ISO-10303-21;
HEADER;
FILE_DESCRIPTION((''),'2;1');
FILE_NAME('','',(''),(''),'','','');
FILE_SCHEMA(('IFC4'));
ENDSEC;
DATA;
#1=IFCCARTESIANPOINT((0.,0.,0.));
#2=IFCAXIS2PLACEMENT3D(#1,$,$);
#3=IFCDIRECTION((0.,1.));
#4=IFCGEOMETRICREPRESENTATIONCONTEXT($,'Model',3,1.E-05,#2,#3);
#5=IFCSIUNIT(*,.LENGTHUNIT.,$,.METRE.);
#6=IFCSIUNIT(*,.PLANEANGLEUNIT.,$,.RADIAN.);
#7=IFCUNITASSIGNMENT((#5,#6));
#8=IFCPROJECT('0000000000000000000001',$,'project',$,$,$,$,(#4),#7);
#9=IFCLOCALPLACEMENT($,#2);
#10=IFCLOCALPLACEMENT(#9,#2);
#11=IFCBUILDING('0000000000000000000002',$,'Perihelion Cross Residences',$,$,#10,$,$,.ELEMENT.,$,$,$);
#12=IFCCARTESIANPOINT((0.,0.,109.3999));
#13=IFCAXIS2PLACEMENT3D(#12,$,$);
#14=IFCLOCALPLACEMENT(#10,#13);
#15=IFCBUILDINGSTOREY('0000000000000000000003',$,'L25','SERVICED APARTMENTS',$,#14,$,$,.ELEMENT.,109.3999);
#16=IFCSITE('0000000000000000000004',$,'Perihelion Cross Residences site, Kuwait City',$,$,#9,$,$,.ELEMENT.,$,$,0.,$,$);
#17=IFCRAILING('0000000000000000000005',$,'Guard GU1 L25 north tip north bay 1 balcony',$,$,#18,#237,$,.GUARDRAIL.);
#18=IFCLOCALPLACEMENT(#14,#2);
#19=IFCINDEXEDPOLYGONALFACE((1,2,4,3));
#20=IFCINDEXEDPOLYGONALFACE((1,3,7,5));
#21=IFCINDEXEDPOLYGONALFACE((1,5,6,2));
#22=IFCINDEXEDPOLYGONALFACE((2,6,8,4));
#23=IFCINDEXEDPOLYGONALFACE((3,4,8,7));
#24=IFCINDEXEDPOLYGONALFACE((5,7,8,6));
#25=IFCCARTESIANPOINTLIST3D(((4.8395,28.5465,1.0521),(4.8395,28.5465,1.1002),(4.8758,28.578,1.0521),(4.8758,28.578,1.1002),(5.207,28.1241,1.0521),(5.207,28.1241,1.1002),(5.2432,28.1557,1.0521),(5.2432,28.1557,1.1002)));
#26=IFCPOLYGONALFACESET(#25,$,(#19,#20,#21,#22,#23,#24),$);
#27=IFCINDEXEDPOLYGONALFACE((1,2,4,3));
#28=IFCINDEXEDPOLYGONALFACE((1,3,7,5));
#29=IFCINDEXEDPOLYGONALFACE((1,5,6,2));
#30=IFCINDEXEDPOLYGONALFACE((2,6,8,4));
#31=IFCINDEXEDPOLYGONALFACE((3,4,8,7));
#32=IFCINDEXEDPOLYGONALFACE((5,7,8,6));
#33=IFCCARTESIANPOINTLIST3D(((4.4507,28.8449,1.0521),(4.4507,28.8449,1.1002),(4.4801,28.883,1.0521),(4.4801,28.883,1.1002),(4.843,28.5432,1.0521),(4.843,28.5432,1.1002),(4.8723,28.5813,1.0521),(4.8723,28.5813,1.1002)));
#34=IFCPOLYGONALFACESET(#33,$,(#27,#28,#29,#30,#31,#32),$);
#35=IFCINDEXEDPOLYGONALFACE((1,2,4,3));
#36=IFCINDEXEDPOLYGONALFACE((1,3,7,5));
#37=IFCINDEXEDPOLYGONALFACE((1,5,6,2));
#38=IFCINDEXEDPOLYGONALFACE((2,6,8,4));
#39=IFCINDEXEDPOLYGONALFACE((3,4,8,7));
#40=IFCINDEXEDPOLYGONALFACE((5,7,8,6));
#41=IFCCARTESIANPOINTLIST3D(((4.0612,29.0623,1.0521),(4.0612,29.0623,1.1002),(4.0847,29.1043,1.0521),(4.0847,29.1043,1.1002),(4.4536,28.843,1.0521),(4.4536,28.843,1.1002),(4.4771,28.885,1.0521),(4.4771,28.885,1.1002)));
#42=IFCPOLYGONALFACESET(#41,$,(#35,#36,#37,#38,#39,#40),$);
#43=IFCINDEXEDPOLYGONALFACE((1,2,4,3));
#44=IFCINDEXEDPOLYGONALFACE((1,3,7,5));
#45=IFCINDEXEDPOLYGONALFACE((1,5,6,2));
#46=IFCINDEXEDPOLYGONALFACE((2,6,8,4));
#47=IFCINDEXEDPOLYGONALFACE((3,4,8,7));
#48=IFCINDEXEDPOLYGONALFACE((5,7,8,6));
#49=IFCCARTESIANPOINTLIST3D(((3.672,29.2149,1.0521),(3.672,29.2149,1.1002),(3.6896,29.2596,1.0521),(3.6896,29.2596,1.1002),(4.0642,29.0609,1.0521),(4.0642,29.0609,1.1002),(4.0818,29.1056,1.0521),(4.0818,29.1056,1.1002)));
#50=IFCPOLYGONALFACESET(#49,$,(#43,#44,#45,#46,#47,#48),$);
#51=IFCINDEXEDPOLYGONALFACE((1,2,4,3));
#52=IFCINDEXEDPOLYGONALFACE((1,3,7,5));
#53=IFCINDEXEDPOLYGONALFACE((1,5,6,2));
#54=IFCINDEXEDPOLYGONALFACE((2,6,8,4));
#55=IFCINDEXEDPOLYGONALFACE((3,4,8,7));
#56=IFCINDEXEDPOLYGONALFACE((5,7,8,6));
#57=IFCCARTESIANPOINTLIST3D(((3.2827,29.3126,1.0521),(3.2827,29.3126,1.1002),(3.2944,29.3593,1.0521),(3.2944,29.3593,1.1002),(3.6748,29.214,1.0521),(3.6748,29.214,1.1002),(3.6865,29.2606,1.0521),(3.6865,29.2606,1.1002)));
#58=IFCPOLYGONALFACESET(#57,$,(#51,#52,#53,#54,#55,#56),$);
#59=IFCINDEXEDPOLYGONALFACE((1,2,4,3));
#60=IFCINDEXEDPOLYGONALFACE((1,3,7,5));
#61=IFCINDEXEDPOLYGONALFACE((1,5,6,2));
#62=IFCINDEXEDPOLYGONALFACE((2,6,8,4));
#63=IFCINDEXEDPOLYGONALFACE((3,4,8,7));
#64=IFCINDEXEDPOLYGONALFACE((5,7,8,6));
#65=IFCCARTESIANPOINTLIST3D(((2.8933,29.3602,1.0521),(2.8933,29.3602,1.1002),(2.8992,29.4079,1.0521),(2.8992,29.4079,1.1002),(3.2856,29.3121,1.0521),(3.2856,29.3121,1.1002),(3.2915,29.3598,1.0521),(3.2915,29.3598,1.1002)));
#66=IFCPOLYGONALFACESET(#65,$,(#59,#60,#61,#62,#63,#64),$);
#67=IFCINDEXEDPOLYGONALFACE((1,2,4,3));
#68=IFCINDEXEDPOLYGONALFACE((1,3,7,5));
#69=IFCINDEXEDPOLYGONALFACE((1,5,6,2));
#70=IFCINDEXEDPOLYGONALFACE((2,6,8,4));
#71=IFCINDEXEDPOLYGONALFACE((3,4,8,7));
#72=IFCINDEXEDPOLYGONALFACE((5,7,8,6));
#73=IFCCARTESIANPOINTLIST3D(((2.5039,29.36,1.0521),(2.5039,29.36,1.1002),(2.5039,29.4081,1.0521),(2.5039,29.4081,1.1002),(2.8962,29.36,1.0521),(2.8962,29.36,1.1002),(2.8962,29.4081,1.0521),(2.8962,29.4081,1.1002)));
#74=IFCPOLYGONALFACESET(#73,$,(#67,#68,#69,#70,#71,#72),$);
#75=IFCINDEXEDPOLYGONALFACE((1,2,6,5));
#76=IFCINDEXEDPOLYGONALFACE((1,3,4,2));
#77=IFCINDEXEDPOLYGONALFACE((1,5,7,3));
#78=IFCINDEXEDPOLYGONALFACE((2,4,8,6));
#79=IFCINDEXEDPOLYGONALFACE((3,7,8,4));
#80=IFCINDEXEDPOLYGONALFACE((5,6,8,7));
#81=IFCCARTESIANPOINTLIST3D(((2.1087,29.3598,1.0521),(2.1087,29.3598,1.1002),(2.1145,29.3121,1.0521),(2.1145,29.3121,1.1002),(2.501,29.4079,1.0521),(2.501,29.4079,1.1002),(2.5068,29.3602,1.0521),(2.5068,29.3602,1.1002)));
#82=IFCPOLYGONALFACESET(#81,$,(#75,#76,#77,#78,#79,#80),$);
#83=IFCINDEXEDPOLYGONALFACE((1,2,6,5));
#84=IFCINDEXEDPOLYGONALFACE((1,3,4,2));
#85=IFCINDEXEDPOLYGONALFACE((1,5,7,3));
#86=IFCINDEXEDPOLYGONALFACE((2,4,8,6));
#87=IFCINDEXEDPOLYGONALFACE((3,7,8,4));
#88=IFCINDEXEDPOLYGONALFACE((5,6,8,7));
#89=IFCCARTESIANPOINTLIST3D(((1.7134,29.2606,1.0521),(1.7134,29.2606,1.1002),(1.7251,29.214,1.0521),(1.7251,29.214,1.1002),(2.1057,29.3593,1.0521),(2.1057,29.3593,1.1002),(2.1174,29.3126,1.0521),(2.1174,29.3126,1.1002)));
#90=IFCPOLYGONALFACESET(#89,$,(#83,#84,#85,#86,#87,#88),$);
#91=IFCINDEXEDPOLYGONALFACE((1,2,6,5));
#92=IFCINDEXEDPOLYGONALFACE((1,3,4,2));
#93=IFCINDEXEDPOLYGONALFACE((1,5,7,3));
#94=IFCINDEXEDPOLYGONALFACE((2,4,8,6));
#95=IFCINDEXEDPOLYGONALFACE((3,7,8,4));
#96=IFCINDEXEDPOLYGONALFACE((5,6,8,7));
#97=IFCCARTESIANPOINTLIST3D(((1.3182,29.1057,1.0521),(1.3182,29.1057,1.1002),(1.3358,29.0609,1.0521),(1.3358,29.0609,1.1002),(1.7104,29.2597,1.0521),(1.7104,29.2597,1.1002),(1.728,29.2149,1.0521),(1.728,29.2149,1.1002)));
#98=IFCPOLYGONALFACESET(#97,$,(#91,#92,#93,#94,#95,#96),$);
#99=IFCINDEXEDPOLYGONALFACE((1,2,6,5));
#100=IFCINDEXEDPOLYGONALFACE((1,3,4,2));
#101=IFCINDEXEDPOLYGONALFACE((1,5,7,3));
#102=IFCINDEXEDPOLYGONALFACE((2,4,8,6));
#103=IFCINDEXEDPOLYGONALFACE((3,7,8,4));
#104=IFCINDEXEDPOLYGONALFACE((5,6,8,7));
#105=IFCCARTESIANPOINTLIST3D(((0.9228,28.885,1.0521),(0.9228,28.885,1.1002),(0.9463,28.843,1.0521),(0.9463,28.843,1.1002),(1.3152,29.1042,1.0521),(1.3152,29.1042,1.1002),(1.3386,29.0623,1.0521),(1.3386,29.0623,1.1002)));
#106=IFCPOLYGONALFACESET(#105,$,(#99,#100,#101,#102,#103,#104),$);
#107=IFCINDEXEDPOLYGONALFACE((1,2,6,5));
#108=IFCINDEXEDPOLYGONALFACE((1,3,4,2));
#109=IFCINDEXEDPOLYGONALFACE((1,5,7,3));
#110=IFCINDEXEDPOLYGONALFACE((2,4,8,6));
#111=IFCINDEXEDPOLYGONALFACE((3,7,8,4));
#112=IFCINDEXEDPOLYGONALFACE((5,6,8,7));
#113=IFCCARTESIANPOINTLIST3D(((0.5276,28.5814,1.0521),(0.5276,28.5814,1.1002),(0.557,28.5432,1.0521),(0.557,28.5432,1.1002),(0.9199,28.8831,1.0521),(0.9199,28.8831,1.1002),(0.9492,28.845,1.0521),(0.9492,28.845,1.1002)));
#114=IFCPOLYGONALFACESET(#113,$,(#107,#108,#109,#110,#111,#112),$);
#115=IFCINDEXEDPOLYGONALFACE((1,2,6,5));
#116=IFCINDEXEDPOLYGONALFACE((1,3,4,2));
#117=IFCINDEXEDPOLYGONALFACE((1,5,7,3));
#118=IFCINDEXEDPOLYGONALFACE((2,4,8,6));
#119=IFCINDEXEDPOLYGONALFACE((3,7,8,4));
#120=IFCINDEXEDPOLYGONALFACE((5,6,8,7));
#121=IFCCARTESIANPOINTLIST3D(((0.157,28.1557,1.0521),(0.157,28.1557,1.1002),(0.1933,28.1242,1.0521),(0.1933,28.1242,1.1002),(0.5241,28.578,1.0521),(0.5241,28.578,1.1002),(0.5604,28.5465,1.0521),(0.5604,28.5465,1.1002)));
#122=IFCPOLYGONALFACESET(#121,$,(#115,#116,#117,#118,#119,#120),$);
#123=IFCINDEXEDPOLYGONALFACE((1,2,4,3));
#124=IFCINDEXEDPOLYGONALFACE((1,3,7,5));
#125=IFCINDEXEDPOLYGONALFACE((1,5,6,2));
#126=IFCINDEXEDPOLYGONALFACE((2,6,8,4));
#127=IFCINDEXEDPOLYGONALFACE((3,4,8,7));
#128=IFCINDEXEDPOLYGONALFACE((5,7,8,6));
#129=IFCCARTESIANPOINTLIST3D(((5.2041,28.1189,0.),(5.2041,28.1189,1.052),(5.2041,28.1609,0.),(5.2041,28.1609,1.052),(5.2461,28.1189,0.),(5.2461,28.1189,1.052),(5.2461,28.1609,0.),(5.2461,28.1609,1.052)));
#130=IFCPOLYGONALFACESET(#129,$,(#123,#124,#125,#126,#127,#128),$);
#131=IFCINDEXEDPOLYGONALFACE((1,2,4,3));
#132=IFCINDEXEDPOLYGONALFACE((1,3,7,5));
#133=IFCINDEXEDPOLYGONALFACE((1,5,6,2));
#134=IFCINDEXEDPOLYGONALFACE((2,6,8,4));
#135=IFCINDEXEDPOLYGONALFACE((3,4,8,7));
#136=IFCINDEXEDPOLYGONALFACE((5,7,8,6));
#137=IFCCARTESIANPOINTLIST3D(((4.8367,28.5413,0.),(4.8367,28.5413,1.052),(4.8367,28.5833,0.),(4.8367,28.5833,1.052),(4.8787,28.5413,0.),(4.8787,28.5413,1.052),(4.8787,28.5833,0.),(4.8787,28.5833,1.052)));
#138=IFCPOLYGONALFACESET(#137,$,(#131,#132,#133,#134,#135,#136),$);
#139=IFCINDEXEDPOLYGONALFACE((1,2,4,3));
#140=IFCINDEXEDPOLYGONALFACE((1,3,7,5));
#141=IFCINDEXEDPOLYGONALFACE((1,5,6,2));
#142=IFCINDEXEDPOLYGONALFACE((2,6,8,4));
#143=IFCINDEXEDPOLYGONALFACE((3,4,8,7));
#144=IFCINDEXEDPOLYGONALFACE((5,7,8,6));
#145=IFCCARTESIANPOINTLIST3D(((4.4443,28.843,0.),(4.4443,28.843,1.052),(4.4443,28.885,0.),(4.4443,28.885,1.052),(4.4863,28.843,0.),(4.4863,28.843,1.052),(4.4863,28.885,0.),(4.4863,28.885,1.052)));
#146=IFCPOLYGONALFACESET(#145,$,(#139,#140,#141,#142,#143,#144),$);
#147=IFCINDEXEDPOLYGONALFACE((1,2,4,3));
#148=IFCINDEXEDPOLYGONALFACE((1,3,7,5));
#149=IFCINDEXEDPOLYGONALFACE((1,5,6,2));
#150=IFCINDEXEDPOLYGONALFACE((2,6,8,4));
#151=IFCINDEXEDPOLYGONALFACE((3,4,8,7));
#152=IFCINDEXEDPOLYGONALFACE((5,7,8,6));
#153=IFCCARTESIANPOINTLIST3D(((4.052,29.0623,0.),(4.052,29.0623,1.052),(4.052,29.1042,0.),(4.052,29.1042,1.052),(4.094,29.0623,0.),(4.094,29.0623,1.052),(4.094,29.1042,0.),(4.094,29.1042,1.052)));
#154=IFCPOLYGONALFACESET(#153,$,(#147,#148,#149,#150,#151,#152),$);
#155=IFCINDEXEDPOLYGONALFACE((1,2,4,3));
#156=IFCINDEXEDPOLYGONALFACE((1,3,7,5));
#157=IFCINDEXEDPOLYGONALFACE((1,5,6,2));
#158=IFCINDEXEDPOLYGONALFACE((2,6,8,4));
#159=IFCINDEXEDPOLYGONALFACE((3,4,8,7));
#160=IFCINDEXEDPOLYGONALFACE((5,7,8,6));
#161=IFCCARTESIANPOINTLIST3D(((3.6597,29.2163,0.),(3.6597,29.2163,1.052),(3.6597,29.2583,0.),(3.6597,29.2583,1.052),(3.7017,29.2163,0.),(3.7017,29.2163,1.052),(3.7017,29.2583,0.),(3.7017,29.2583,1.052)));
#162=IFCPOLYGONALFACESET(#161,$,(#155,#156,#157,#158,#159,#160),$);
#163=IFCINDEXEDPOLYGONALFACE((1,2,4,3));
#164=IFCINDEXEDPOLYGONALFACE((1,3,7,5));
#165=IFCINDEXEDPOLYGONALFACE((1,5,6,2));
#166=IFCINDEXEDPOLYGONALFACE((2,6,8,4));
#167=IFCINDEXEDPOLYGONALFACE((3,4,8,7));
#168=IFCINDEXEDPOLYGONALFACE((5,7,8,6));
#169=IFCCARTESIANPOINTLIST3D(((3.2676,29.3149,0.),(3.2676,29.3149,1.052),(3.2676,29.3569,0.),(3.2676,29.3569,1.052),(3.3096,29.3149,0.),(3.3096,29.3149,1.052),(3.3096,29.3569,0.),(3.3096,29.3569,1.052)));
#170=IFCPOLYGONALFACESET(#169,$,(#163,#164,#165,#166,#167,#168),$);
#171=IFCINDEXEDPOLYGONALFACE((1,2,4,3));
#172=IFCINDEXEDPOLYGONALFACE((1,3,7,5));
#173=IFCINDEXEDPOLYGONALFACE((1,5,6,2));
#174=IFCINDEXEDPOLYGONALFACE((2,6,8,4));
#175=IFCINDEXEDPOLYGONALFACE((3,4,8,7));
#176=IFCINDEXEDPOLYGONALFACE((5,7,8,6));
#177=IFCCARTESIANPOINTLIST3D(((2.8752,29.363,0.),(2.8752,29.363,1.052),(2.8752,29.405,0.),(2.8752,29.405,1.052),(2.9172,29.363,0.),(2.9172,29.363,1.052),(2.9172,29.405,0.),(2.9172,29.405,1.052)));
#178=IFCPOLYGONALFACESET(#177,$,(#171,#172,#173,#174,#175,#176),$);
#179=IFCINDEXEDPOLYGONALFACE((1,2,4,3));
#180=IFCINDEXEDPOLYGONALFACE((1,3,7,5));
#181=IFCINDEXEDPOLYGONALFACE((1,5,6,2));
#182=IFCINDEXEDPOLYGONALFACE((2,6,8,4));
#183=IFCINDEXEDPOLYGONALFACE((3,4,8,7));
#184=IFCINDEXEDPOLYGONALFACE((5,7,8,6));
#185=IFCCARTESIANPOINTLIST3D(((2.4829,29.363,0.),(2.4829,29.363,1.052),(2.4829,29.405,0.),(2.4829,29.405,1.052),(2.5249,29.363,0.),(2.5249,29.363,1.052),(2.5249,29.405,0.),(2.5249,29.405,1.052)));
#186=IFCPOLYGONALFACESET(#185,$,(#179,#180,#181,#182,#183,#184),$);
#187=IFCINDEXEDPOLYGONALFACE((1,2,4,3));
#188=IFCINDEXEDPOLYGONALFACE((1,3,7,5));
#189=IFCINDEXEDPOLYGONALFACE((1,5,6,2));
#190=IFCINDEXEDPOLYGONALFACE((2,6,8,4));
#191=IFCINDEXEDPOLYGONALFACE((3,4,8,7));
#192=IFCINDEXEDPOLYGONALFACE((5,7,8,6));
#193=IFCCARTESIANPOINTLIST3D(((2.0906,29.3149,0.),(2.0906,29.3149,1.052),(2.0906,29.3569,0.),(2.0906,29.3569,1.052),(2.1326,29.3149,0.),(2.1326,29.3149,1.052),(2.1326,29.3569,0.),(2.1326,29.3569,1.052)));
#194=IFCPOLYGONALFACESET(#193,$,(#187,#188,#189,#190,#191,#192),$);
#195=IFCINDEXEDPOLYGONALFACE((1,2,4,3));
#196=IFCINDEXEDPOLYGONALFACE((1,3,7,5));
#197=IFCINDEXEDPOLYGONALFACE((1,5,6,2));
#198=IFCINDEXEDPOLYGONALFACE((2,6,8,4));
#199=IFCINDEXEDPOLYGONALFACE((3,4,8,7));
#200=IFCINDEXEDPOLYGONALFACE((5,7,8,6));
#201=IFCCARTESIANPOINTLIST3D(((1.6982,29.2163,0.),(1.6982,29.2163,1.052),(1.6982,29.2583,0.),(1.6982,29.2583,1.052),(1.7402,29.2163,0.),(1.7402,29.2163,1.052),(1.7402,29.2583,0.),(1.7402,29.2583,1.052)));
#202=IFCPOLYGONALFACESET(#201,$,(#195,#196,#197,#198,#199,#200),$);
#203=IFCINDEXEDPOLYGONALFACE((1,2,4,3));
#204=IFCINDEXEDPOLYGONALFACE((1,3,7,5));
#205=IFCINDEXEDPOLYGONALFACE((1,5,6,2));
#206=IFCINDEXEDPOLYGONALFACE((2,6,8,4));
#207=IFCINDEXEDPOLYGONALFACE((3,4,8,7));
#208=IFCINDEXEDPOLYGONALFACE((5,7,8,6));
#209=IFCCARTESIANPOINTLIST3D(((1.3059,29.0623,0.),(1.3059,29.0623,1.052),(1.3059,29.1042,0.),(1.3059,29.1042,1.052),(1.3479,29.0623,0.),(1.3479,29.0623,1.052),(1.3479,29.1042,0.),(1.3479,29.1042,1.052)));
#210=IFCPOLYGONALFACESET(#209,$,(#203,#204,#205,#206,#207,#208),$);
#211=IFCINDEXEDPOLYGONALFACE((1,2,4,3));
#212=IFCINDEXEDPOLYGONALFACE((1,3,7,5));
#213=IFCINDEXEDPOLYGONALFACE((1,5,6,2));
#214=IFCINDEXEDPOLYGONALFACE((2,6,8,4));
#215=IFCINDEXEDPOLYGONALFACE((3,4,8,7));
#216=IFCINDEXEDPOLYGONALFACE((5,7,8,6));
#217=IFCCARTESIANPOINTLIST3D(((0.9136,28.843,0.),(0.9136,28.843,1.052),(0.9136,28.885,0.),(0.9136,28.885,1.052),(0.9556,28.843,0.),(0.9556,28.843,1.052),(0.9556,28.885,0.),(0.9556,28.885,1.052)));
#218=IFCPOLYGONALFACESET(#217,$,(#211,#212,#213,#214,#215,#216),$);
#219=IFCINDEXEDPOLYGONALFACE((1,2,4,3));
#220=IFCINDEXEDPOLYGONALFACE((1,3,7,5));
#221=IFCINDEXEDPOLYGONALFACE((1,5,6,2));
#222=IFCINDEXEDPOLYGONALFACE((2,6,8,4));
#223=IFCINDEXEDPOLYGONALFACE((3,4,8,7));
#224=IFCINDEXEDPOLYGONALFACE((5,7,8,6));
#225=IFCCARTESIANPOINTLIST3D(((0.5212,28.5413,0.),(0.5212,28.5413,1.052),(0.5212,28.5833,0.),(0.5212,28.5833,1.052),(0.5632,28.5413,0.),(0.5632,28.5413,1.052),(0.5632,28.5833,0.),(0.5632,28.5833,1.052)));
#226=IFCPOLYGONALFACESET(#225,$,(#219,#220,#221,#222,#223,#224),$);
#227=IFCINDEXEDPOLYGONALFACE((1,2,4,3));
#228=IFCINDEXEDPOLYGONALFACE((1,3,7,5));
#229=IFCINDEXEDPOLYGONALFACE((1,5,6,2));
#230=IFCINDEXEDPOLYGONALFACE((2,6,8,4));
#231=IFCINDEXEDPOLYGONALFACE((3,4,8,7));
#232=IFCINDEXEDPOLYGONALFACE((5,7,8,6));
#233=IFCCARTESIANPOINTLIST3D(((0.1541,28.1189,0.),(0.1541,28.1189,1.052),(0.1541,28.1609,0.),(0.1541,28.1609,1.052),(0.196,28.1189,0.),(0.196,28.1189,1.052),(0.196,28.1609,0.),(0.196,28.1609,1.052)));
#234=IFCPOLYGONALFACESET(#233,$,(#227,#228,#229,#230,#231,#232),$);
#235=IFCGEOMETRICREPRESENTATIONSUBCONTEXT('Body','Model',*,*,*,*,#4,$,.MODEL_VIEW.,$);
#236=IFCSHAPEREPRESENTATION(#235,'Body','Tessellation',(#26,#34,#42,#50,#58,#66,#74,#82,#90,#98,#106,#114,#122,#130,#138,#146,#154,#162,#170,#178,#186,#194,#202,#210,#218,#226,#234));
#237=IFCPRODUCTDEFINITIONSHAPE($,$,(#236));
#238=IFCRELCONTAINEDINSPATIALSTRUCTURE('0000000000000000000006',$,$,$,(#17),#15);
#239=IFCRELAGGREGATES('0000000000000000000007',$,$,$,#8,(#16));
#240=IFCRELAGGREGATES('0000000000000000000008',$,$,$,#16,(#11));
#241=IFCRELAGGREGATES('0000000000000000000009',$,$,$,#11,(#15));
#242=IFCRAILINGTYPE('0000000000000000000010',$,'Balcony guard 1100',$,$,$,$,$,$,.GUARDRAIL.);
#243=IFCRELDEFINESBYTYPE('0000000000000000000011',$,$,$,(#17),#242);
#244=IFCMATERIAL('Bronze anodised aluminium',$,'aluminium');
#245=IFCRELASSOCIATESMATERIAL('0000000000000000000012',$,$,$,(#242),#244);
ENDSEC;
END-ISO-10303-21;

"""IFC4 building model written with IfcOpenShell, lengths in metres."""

from ifc_helpers import new_model, si_unit, direction, frame, origin, origin_2d, place, context, subcontext, project, spatial, rectangle, extrude, material, type_object, element, save


model = new_model("IFC4")

# Units and contexts
model_context = context("Model", 3, precision=1e-05, world=origin(), true_north=direction((0.0, 1.0)))
body_context = subcontext(model_context, "Body", "Model", "MODEL_VIEW")
ifc_project = project(units=[si_unit("LENGTHUNIT", "METRE"), si_unit("PLANEANGLEUNIT", "RADIAN")], contexts=[model_context])

# Site, building, storey
site_placement = place(None, origin())
site = spatial("IfcSite", under=ifc_project, at=site_placement, Name="Perihelion Cross Residences site, Kuwait City", CompositionType="ELEMENT", RefElevation=0.0)
building_placement = place(site_placement, origin())
building = spatial("IfcBuilding", under=site, at=building_placement, Name="Perihelion Cross Residences", CompositionType="ELEMENT")
storey_placement = place(building_placement, frame((0.0, 0.0, 109.3999)))
storey = spatial("IfcBuildingStorey", under=building, at=storey_placement, Name="L25", Description="SERVICED APARTMENTS", CompositionType="ELEMENT", Elevation=109.3999)

# Railing
ifc_material_1 = material(Name="Bronze anodised aluminium", Category="aluminium")
railing_type = type_object("IfcRailingType", Name="Balcony guard 1100", PredefinedType="GUARDRAIL", material=ifc_material_1)
railing_placement = place(storey_placement, frame((5.2251, 28.1399, 0.0)))
element("IfcRailing", 1, at=railing_placement, inside=storey, type_object=railing_type, Name="Guard GU1 L25 north tip north bay 1 balcony", PredefinedType="GUARDRAIL", context=body_context, shape_type="SweptSolid", body=[
    extrude(rectangle(XDim=0.0481, YDim=0.0481, at=origin_2d()), frame((0.0, 0.0, 1.0762), z_axis=(-0.656341, 0.754465, 0.0), x_axis=(-0.754465, -0.656341, 0.0)), (0.0, 0.0, 1.0), 0.5598),
    extrude(rectangle(XDim=0.0481, YDim=0.0481, at=origin_2d()), frame((-0.3674, 0.4224, 1.0762), z_axis=(-0.792661, 0.609663, 0.0), x_axis=(-0.609663, -0.792661, 0.0)), (0.0, 0.0, 1.0), 0.4949),
    extrude(rectangle(XDim=0.0481, YDim=0.0481, at=origin_2d()), frame((-0.7598, 0.7241, 1.0762), z_axis=(-0.87295, 0.487809, 0.0), x_axis=(-0.487809, -0.87295, 0.0)), (0.0, 0.0, 1.0), 0.4495),
    extrude(rectangle(XDim=0.0481, YDim=0.0481, at=origin_2d()), frame((-1.1521, 0.9434, 1.0762), z_axis=(-0.930815, 0.365491, 0.0), x_axis=(-0.365491, -0.930815, 0.0)), (0.0, 0.0, 1.0), 0.4214),
    extrude(rectangle(XDim=0.0481, YDim=0.0481, at=origin_2d()), frame((-1.5444, 1.0974, 1.0762), z_axis=(-0.969786, 0.243956, 0.0), x_axis=(-0.243956, -0.969786, 0.0)), (0.0, 0.0, 1.0), 0.4043),
    extrude(rectangle(XDim=0.0481, YDim=0.0481, at=origin_2d()), frame((-1.9365, 1.196, 1.0762), z_axis=(-0.99257, 0.121678, 0.0), x_axis=(-0.121678, -0.99257, 0.0)), (0.0, 0.0, 1.0), 0.3953),
    extrude(rectangle(XDim=0.0481, YDim=0.0481, at=origin_2d()), frame((-2.3289, 1.2441, 1.0762), z_axis=(-1.0, 0.0, 0.0), x_axis=(0.0, -1.0, 0.0)), (0.0, 0.0, 1.0), 0.3923),
    extrude(rectangle(XDim=0.0481, YDim=0.0481, at=origin_2d()), frame((-2.7212, 1.2441, 1.0762), z_axis=(-0.99257, -0.121678, 0.0), x_axis=(0.121678, -0.99257, 0.0)), (0.0, 0.0, 1.0), 0.3953),
    extrude(rectangle(XDim=0.0481, YDim=0.0481, at=origin_2d()), frame((-3.1135, 1.196, 1.0762), z_axis=(-0.969822, -0.243813, 0.0), x_axis=(0.243813, -0.969822, 0.0)), (0.0, 0.0, 1.0), 0.4045),
    extrude(rectangle(XDim=0.0481, YDim=0.0481, at=origin_2d()), frame((-3.5059, 1.0974, 1.0762), z_axis=(-0.930815, -0.365491, 0.0), x_axis=(0.365491, -0.930815, 0.0)), (0.0, 0.0, 1.0), 0.4214),
    extrude(rectangle(XDim=0.0481, YDim=0.0481, at=origin_2d()), frame((-3.8982, 0.9434, 1.0762), z_axis=(-0.87295, -0.487809, 0.0), x_axis=(0.487809, -0.87295, 0.0)), (0.0, 0.0, 1.0), 0.4495),
    extrude(rectangle(XDim=0.0481, YDim=0.0481, at=origin_2d()), frame((-4.2905, 0.7241, 1.0762), z_axis=(-0.792661, -0.609663, 0.0), x_axis=(0.609663, -0.792661, 0.0)), (0.0, 0.0, 1.0), 0.4949),
    extrude(rectangle(XDim=0.0481, YDim=0.0481, at=origin_2d()), frame((-4.6829, 0.4224, 1.0762), z_axis=(-0.656092, -0.754681, 0.0), x_axis=(0.754681, -0.656092, 0.0)), (0.0, 0.0, 1.0), 0.5596),
    extrude(rectangle(XDim=0.042, YDim=0.042, at=origin_2d()), origin(), (0.0, 0.0, 1.0), 1.052),
    extrude(rectangle(XDim=0.042, YDim=0.042, at=origin_2d()), frame((-0.3674, 0.4224, 0.0)), (0.0, 0.0, 1.0), 1.052),
    extrude(rectangle(XDim=0.042, YDim=0.042, at=origin_2d()), frame((-0.7598, 0.7241, 0.0)), (0.0, 0.0, 1.0), 1.052),
    extrude(rectangle(XDim=0.042, YDim=0.042, at=origin_2d()), frame((-1.1521, 0.9434, 0.0)), (0.0, 0.0, 1.0), 1.052),
    extrude(rectangle(XDim=0.042, YDim=0.042, at=origin_2d()), frame((-1.5444, 1.0974, 0.0)), (0.0, 0.0, 1.0), 1.052),
    extrude(rectangle(XDim=0.042, YDim=0.042, at=origin_2d()), frame((-1.9365, 1.196, 0.0)), (0.0, 0.0, 1.0), 1.052),
    extrude(rectangle(XDim=0.042, YDim=0.042, at=origin_2d()), frame((-2.3289, 1.2441, 0.0)), (0.0, 0.0, 1.0), 1.052),
    extrude(rectangle(XDim=0.042, YDim=0.042, at=origin_2d()), frame((-2.7212, 1.2441, 0.0)), (0.0, 0.0, 1.0), 1.052),
    extrude(rectangle(XDim=0.042, YDim=0.042, at=origin_2d()), frame((-3.1135, 1.196, 0.0)), (0.0, 0.0, 1.0), 1.052),
    extrude(rectangle(XDim=0.042, YDim=0.042, at=origin_2d()), frame((-3.5059, 1.0974, 0.0)), (0.0, 0.0, 1.0), 1.052),
    extrude(rectangle(XDim=0.042, YDim=0.042, at=origin_2d()), frame((-3.8982, 0.9434, 0.0)), (0.0, 0.0, 1.0), 1.052),
    extrude(rectangle(XDim=0.042, YDim=0.042, at=origin_2d()), frame((-4.2905, 0.7241, 0.0)), (0.0, 0.0, 1.0), 1.052),
    extrude(rectangle(XDim=0.042, YDim=0.042, at=origin_2d()), frame((-4.6829, 0.4224, 0.0)), (0.0, 0.0, 1.0), 1.052),
    extrude(rectangle(XDim=0.042, YDim=0.042, at=origin_2d()), frame((-5.05, 0.0, 0.0)), (0.0, 0.0, 1.0), 1.052),
])

save(model, "model.ifc")
